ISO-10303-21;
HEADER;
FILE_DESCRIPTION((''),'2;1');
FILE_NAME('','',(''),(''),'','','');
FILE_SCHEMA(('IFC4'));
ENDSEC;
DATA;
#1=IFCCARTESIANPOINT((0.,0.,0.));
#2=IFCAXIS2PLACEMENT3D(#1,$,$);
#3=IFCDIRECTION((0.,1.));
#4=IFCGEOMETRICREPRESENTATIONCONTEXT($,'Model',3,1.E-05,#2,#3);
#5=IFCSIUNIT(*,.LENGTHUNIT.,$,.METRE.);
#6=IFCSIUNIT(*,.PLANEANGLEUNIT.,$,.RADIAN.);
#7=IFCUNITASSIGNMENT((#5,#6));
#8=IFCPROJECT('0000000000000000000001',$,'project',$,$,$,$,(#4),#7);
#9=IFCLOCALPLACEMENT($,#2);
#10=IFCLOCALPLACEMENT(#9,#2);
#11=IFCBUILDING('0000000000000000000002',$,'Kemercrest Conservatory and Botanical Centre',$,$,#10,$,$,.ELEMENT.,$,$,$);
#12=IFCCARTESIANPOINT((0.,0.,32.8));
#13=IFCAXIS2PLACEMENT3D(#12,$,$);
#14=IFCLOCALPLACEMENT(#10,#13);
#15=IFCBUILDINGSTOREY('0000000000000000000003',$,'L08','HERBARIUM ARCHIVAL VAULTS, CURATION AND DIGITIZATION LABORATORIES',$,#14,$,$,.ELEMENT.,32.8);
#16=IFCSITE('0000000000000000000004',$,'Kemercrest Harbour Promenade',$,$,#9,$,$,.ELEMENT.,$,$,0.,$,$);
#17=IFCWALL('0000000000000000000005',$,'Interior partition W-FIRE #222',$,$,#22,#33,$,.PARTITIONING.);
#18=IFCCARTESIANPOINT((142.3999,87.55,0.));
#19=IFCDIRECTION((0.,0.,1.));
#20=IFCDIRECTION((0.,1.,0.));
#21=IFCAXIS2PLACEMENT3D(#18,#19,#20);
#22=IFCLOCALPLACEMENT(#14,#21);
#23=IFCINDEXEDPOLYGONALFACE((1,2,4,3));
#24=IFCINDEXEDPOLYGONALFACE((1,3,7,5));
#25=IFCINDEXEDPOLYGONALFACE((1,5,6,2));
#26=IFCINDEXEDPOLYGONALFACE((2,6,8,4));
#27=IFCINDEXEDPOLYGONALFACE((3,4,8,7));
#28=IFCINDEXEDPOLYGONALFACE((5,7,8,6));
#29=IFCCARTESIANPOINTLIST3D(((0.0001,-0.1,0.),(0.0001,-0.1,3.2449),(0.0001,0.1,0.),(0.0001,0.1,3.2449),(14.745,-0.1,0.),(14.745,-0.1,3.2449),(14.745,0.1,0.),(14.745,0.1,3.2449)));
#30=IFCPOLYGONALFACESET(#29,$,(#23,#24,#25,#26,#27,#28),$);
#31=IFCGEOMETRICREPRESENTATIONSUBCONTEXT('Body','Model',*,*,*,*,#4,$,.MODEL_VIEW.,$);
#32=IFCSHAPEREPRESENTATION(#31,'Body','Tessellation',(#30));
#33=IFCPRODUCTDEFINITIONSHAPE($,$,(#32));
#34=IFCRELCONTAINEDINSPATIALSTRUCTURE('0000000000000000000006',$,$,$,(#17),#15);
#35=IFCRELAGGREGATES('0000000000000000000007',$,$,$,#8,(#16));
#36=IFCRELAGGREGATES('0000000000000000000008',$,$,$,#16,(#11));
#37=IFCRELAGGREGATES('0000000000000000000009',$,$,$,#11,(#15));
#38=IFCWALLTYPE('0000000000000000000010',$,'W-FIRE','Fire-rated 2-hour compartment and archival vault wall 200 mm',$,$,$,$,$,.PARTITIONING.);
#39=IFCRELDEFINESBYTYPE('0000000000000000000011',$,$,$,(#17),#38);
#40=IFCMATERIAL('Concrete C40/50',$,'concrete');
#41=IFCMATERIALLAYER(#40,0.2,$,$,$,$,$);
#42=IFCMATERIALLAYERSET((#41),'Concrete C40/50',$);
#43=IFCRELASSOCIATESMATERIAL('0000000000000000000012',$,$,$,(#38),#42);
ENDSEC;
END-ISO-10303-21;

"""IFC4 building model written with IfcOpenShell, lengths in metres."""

from ifc_helpers import new_model, si_unit, direction, frame, frame_2d, origin, place, context, subcontext, project, spatial, rectangle, extrude, material, layer, layer_set, type_object, element, save


model = new_model("IFC4")

# Units and contexts
model_context = context("Model", 3, precision=1e-05, world=origin(), true_north=direction((0.0, 1.0)))
body_context = subcontext(model_context, "Body", "Model", "MODEL_VIEW")
ifc_project = project(units=[si_unit("LENGTHUNIT", "METRE"), si_unit("PLANEANGLEUNIT", "RADIAN")], contexts=[model_context])

# Site, building, storey
site_placement = place(None, origin())
site = spatial("IfcSite", under=ifc_project, at=site_placement, Name="Kemercrest Harbour Promenade", CompositionType="ELEMENT", RefElevation=0.0)
building_placement = place(site_placement, origin())
building = spatial("IfcBuilding", under=site, at=building_placement, Name="Kemercrest Conservatory and Botanical Centre", CompositionType="ELEMENT")
storey_placement = place(building_placement, frame((0.0, 0.0, 32.8)))
storey = spatial("IfcBuildingStorey", under=building, at=storey_placement, Name="L08", Description="HERBARIUM ARCHIVAL VAULTS, CURATION AND DIGITIZATION LABORATORIES", CompositionType="ELEMENT", Elevation=32.8)

# Shared definitions
ifc_material_1 = material(Name="Concrete C40/50", Category="concrete")

# Wall
ifc_layer_1 = layer(ifc_material_1, 0.2)
ifc_layer_set_1 = layer_set([ifc_layer_1], Name="Concrete C40/50")
wall_type_1 = type_object("IfcWallType", Name="W-FIRE", Description="Fire-rated 2-hour compartment and archival vault wall 200 mm", PredefinedType="PARTITIONING", material=ifc_layer_set_1)
wall_1_placement = place(storey_placement, frame((142.3999, 87.55, 0.0), z_axis=(0.0, 0.0, 1.0), x_axis=(0.0, 1.0, 0.0)))
element("IfcWall", 1, at=wall_1_placement, inside=storey, type_object=wall_type_1, Name="Interior partition W-FIRE #222", PredefinedType="PARTITIONING", context=body_context, shape_type="SweptSolid", body=[
    extrude(rectangle(XDim=14.7449, YDim=0.2, at=frame_2d((7.3726, 0.0))), origin(), (0.0, 0.0, 1.0), 3.2449),
])

save(model, "model.ifc")
